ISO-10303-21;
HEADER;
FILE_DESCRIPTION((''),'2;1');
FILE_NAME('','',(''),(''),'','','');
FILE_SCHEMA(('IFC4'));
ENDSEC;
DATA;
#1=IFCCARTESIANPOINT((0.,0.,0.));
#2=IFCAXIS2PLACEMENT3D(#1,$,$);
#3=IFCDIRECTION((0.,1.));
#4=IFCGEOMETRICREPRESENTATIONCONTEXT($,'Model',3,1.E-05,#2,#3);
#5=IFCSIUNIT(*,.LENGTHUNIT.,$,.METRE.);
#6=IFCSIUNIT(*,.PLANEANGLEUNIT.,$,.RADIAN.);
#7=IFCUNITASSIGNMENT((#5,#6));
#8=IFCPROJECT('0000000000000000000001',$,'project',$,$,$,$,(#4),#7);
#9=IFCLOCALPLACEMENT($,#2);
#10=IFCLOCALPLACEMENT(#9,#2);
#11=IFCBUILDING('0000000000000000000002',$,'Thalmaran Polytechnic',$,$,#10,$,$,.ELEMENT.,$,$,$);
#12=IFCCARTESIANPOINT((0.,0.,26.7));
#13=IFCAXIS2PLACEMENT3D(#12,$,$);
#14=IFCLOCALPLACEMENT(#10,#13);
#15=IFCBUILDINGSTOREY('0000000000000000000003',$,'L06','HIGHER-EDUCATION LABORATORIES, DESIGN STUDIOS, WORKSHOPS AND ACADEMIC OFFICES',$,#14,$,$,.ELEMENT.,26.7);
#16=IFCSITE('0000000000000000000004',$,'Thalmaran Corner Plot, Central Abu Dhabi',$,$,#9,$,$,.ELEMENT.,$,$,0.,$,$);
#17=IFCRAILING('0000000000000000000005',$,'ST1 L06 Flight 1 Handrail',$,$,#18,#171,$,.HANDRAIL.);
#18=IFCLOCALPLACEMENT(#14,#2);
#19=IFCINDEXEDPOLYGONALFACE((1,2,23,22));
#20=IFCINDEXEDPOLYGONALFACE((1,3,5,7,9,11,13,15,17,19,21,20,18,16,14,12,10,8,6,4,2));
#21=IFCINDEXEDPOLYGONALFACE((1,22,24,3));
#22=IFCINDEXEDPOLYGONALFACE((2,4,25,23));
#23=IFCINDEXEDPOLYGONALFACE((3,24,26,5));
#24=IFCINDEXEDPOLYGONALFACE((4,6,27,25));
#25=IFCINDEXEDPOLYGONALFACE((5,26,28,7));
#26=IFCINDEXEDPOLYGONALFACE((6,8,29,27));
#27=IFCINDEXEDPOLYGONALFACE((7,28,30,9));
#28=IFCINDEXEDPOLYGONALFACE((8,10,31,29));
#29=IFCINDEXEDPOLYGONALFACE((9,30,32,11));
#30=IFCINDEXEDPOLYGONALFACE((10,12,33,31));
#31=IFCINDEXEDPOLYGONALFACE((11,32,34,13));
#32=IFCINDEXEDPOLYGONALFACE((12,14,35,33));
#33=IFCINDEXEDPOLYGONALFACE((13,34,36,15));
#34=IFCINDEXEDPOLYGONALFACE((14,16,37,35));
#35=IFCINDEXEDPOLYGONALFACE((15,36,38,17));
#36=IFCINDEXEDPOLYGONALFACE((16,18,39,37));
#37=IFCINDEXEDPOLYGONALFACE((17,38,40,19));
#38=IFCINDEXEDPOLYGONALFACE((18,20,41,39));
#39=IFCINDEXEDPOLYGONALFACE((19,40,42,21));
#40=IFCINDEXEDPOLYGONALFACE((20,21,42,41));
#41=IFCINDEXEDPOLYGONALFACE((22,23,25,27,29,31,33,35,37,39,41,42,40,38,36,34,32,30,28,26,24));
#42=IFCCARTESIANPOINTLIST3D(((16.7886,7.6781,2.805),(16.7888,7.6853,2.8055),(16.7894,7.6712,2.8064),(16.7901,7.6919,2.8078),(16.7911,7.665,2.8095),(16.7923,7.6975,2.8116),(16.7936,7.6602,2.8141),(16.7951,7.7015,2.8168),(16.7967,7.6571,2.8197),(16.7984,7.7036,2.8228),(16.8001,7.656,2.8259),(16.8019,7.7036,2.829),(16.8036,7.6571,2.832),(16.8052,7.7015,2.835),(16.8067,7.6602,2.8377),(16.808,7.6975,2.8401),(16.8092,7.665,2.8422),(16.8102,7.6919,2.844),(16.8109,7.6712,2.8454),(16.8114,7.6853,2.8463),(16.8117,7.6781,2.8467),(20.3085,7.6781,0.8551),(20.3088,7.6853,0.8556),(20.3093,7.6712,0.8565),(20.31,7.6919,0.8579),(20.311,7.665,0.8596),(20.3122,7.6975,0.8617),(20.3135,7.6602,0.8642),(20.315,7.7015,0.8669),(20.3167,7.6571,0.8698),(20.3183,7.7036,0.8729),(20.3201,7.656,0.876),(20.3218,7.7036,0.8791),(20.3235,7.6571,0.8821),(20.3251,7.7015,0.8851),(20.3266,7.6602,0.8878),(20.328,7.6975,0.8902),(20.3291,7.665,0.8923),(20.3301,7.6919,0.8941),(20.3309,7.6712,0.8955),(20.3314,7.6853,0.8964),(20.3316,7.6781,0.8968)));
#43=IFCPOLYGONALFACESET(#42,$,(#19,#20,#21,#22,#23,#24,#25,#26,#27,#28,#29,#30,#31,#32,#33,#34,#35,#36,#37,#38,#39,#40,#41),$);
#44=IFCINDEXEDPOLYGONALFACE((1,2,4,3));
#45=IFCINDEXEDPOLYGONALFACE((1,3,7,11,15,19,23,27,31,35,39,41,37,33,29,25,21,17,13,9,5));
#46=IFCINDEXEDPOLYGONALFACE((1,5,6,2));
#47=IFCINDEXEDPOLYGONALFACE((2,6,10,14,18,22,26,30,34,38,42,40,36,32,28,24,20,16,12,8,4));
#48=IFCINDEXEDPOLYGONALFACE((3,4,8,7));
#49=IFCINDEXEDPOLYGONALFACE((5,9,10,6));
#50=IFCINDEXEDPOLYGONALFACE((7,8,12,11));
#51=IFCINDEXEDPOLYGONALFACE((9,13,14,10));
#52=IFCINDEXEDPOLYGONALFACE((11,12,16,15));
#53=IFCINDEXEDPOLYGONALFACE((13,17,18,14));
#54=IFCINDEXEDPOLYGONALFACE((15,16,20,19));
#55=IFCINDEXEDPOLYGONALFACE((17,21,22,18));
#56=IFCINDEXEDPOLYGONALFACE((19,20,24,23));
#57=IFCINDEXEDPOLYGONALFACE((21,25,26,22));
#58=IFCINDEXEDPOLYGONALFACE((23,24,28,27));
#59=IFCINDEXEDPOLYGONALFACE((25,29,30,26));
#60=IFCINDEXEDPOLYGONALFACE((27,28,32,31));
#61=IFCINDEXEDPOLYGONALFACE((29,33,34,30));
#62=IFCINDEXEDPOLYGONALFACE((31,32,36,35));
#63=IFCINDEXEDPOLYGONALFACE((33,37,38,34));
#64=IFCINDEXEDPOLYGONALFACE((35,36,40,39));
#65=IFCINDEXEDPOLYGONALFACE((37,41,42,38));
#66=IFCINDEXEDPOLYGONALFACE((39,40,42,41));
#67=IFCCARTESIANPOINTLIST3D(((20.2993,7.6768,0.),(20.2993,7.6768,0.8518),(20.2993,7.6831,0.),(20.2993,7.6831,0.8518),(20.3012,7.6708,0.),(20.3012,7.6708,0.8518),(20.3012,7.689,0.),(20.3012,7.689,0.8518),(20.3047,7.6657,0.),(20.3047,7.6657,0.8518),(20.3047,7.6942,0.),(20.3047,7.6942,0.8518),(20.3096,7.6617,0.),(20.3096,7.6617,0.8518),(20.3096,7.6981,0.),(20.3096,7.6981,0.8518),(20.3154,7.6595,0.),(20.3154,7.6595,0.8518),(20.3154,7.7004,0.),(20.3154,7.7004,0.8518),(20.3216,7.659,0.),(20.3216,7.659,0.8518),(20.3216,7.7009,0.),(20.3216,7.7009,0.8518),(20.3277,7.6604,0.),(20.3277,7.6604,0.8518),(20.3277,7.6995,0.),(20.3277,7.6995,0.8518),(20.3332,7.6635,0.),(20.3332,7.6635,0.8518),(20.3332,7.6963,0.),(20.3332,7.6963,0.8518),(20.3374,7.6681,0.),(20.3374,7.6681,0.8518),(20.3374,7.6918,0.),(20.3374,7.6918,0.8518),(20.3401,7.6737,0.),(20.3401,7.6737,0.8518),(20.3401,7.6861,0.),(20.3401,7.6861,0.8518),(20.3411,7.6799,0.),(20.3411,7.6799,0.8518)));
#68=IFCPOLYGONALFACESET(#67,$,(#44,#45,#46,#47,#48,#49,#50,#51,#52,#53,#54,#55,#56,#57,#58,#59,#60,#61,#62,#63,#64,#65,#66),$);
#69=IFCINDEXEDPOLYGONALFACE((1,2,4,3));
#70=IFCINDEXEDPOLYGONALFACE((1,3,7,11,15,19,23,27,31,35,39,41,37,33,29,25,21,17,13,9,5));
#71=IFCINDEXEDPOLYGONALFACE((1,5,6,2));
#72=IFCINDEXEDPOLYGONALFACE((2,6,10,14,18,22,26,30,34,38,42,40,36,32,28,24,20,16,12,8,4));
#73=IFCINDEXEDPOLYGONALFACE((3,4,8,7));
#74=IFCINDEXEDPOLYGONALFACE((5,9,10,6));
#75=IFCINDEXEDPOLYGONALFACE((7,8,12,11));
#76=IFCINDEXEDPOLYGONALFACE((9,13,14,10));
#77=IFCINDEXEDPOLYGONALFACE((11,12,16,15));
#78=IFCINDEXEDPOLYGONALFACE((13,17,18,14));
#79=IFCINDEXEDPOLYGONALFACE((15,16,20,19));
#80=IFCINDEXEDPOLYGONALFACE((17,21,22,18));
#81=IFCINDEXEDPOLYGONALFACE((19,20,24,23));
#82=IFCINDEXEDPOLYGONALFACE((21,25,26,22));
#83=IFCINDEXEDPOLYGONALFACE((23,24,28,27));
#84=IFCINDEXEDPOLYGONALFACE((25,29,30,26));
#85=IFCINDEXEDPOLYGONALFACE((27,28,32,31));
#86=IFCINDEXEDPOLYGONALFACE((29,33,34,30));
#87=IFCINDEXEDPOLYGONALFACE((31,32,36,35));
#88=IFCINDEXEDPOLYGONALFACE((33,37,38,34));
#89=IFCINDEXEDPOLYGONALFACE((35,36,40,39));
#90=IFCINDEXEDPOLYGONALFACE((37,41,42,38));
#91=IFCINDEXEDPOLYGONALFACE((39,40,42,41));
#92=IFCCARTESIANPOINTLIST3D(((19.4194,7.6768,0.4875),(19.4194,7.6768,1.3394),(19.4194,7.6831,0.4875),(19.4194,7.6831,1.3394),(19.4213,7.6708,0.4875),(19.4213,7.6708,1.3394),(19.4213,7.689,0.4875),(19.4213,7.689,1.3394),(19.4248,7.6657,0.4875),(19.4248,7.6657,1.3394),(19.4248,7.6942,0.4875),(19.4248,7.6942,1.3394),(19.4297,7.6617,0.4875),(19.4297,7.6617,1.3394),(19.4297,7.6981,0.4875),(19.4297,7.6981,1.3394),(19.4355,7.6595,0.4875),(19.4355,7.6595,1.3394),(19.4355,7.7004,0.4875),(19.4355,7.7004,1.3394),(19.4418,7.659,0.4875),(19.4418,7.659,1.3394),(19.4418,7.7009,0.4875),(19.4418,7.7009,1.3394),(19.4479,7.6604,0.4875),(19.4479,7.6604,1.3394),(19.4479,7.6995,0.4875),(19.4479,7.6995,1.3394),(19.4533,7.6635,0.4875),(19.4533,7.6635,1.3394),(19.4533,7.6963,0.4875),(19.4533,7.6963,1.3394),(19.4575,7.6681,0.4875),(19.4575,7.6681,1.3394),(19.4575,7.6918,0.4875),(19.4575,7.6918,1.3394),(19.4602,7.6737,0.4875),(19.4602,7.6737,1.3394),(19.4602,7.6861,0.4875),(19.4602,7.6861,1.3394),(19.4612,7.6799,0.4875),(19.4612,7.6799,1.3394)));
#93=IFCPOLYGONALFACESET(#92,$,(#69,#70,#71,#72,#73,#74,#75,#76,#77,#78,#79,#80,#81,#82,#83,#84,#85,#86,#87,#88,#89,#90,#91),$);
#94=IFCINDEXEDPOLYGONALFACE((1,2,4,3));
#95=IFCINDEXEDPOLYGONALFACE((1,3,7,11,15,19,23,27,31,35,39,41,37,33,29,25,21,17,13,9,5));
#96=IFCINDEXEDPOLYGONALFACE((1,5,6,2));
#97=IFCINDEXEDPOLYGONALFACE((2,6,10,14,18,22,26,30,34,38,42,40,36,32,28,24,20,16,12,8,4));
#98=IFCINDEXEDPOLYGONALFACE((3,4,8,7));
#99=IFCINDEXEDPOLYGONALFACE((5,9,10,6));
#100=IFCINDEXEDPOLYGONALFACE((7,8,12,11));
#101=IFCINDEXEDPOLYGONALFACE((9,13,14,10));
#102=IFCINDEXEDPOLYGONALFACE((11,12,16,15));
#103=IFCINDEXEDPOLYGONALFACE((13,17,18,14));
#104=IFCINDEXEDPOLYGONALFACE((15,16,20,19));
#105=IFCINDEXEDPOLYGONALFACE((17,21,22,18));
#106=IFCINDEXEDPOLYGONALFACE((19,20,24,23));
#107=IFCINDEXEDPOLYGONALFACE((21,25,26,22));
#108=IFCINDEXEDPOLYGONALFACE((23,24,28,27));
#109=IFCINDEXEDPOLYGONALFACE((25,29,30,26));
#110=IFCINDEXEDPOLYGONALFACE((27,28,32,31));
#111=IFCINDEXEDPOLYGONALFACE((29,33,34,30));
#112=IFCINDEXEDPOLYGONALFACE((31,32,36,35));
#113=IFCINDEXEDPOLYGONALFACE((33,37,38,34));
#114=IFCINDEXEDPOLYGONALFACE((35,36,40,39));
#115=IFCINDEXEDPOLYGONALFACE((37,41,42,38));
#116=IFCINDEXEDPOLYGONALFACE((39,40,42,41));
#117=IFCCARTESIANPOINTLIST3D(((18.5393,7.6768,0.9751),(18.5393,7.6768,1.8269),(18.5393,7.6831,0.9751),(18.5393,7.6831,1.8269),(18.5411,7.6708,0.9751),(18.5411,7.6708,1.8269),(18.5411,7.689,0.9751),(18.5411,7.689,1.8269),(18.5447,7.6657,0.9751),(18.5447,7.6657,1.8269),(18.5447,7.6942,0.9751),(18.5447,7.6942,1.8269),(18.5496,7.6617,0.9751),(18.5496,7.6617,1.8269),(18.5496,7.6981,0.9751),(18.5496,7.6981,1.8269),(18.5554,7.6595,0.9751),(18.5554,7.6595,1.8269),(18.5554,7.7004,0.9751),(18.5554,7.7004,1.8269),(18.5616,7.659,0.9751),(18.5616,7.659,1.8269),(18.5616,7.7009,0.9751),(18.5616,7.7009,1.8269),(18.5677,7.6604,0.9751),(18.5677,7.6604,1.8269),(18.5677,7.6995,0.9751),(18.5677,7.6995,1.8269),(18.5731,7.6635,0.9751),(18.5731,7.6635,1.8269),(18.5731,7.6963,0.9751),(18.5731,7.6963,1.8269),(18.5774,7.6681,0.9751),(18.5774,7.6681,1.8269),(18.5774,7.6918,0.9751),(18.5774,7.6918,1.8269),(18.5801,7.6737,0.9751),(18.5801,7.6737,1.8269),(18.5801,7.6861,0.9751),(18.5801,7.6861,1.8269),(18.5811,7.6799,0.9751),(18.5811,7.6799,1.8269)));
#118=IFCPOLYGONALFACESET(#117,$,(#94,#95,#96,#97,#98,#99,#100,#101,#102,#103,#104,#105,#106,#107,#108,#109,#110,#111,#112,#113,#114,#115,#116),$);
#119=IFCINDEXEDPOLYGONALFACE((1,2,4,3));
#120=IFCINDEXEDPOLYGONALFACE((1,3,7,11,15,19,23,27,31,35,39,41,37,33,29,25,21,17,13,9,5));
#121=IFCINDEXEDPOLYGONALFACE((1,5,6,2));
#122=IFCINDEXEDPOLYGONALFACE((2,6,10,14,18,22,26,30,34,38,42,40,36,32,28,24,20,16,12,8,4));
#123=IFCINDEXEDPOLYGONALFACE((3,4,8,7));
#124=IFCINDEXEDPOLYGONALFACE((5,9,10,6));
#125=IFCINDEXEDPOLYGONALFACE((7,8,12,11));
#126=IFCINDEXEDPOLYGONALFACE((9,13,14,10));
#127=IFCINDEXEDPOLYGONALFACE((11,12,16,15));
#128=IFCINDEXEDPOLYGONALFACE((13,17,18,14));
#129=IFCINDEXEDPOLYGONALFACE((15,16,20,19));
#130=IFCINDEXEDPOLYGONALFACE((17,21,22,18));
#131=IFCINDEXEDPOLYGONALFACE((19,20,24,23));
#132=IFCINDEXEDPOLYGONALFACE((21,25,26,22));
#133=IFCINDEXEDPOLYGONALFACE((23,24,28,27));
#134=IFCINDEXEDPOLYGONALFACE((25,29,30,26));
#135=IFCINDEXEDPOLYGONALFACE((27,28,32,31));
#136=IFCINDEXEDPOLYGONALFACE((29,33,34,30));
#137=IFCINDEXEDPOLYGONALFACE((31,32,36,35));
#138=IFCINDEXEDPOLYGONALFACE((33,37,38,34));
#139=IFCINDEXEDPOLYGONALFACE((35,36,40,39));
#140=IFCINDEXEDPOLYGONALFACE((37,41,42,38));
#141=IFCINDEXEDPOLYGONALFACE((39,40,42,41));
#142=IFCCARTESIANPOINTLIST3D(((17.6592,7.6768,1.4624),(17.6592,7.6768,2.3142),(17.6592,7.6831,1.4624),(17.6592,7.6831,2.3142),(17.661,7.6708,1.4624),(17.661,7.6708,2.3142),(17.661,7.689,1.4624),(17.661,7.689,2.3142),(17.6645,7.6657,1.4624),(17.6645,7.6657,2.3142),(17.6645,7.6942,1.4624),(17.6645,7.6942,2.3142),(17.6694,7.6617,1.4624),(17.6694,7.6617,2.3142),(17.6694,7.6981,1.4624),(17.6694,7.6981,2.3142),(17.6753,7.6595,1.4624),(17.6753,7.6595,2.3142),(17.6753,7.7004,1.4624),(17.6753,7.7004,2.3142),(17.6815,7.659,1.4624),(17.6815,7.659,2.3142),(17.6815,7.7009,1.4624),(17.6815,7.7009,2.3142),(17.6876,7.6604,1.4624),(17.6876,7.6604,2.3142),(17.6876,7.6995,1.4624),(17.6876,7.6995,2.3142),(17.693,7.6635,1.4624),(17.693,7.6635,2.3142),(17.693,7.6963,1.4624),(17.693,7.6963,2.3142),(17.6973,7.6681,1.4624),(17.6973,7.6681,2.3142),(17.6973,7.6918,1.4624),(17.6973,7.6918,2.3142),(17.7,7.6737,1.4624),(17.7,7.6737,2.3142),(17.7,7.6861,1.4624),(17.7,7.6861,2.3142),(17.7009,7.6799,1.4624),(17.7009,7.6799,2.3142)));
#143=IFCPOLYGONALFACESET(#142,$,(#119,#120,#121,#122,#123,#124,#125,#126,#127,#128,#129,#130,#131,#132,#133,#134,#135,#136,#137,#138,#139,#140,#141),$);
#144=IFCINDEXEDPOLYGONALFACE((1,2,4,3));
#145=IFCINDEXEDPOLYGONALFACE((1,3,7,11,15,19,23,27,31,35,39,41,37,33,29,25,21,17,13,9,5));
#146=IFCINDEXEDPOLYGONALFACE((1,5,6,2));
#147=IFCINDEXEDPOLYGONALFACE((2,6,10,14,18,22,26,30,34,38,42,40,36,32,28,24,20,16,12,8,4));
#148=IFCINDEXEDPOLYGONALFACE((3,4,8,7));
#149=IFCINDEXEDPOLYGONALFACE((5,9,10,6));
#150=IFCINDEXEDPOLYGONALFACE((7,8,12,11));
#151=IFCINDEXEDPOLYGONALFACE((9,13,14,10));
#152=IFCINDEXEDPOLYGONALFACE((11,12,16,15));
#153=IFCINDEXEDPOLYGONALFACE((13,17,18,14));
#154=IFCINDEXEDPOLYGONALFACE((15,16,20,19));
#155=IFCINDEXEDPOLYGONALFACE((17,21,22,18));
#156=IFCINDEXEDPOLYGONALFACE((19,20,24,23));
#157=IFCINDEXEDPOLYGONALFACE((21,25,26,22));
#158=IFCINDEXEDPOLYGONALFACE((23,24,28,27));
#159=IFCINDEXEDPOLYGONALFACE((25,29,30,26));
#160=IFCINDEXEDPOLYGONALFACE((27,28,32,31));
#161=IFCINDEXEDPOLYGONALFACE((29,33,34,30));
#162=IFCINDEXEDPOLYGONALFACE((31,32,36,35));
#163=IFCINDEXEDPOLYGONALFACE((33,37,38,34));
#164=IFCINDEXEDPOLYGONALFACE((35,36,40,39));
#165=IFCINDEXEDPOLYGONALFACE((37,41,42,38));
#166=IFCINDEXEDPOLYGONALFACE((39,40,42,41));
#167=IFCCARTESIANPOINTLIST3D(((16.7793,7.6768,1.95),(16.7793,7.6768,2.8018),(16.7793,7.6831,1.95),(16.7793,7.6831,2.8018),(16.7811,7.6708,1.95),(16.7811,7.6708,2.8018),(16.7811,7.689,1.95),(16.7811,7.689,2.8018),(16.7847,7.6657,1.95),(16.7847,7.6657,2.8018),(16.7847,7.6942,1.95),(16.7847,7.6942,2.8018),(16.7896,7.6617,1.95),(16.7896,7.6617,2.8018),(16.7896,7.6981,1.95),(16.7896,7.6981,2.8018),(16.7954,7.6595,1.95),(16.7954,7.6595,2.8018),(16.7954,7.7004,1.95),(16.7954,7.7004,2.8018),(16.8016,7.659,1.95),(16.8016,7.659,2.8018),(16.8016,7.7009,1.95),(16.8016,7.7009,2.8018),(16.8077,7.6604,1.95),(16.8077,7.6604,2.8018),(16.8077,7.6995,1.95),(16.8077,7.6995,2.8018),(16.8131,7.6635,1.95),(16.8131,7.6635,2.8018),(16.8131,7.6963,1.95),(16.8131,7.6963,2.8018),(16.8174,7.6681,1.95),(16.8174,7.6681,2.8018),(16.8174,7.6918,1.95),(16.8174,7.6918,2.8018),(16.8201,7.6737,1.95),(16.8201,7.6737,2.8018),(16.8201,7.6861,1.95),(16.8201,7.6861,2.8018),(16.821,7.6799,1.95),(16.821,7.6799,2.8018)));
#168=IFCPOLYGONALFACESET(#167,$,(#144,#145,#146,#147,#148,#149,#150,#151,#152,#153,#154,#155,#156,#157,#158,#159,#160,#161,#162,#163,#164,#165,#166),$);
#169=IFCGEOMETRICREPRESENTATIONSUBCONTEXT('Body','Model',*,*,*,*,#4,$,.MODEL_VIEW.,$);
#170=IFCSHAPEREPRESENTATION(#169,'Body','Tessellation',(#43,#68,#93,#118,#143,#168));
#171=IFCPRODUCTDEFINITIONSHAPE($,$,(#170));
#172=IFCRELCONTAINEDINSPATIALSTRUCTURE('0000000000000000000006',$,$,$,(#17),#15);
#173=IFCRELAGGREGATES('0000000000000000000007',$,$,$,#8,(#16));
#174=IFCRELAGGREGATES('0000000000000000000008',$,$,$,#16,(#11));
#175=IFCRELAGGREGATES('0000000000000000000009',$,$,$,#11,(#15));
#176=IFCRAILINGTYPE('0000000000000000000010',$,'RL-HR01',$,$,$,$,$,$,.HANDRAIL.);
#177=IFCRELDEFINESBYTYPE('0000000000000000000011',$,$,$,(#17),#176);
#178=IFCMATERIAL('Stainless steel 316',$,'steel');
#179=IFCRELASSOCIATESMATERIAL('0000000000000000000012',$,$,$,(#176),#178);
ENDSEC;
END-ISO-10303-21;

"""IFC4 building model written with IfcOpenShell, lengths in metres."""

from ifc_helpers import new_model, si_unit, direction, frame, origin, origin_2d, place, context, subcontext, project, spatial, circle, extrude, material, type_object, element, save


model = new_model("IFC4")

# Units and contexts
model_context = context("Model", 3, precision=1e-05, world=origin(), true_north=direction((0.0, 1.0)))
body_context = subcontext(model_context, "Body", "Model", "MODEL_VIEW")
ifc_project = project(units=[si_unit("LENGTHUNIT", "METRE"), si_unit("PLANEANGLEUNIT", "RADIAN")], contexts=[model_context])

# Site, building, storey
site_placement = place(None, origin())
site = spatial("IfcSite", under=ifc_project, at=site_placement, Name="Thalmaran Corner Plot, Central Abu Dhabi", CompositionType="ELEMENT", RefElevation=0.0)
building_placement = place(site_placement, origin())
building = spatial("IfcBuilding", under=site, at=building_placement, Name="Thalmaran Polytechnic", CompositionType="ELEMENT")
storey_placement = place(building_placement, frame((0.0, 0.0, 26.7)))
storey = spatial("IfcBuildingStorey", under=building, at=storey_placement, Name="L06", Description="HIGHER-EDUCATION LABORATORIES, DESIGN STUDIOS, WORKSHOPS AND ACADEMIC OFFICES", CompositionType="ELEMENT", Elevation=26.7)

# Railing
ifc_material_1 = material(Name="Stainless steel 316", Category="steel")
railing_type_1 = type_object("IfcRailingType", Name="RL-HR01", PredefinedType="HANDRAIL", material=ifc_material_1)
railing_1_placement = place(storey_placement, frame((20.3201, 7.6799, 0.0)))
element("IfcRailing", 1, at=railing_1_placement, inside=storey, type_object=railing_type_1, Name="ST1 L06 Flight 1 Handrail", PredefinedType="HANDRAIL", context=body_context, shape_type="SweptSolid", body=[
    extrude(circle(Radius=0.0239, at=origin_2d()), frame((0.0, 0.0, 0.876), z_axis=(-0.874749, 0.0, 0.484576), x_axis=(0.0, -1.0, 0.0)), (0.0, 0.0, 1.0), 4.0239),
    extrude(circle(Radius=0.021, at=origin_2d()), origin(), (0.0, 0.0, 1.0), 0.8518),
    extrude(circle(Radius=0.021, at=origin_2d()), frame((-0.8799, 0.0, 0.4875)), (0.0, 0.0, 1.0), 0.8518),
    extrude(circle(Radius=0.021, at=origin_2d()), frame((-1.76, 0.0, 0.9751)), (0.0, 0.0, 1.0), 0.8518),
    extrude(circle(Radius=0.021, at=origin_2d()), frame((-2.6401, 0.0, 1.4624)), (0.0, 0.0, 1.0), 0.8518),
    extrude(circle(Radius=0.021, at=origin_2d()), frame((-3.52, 0.0, 1.95)), (0.0, 0.0, 1.0), 0.8518),
])

save(model, "model.ifc")
